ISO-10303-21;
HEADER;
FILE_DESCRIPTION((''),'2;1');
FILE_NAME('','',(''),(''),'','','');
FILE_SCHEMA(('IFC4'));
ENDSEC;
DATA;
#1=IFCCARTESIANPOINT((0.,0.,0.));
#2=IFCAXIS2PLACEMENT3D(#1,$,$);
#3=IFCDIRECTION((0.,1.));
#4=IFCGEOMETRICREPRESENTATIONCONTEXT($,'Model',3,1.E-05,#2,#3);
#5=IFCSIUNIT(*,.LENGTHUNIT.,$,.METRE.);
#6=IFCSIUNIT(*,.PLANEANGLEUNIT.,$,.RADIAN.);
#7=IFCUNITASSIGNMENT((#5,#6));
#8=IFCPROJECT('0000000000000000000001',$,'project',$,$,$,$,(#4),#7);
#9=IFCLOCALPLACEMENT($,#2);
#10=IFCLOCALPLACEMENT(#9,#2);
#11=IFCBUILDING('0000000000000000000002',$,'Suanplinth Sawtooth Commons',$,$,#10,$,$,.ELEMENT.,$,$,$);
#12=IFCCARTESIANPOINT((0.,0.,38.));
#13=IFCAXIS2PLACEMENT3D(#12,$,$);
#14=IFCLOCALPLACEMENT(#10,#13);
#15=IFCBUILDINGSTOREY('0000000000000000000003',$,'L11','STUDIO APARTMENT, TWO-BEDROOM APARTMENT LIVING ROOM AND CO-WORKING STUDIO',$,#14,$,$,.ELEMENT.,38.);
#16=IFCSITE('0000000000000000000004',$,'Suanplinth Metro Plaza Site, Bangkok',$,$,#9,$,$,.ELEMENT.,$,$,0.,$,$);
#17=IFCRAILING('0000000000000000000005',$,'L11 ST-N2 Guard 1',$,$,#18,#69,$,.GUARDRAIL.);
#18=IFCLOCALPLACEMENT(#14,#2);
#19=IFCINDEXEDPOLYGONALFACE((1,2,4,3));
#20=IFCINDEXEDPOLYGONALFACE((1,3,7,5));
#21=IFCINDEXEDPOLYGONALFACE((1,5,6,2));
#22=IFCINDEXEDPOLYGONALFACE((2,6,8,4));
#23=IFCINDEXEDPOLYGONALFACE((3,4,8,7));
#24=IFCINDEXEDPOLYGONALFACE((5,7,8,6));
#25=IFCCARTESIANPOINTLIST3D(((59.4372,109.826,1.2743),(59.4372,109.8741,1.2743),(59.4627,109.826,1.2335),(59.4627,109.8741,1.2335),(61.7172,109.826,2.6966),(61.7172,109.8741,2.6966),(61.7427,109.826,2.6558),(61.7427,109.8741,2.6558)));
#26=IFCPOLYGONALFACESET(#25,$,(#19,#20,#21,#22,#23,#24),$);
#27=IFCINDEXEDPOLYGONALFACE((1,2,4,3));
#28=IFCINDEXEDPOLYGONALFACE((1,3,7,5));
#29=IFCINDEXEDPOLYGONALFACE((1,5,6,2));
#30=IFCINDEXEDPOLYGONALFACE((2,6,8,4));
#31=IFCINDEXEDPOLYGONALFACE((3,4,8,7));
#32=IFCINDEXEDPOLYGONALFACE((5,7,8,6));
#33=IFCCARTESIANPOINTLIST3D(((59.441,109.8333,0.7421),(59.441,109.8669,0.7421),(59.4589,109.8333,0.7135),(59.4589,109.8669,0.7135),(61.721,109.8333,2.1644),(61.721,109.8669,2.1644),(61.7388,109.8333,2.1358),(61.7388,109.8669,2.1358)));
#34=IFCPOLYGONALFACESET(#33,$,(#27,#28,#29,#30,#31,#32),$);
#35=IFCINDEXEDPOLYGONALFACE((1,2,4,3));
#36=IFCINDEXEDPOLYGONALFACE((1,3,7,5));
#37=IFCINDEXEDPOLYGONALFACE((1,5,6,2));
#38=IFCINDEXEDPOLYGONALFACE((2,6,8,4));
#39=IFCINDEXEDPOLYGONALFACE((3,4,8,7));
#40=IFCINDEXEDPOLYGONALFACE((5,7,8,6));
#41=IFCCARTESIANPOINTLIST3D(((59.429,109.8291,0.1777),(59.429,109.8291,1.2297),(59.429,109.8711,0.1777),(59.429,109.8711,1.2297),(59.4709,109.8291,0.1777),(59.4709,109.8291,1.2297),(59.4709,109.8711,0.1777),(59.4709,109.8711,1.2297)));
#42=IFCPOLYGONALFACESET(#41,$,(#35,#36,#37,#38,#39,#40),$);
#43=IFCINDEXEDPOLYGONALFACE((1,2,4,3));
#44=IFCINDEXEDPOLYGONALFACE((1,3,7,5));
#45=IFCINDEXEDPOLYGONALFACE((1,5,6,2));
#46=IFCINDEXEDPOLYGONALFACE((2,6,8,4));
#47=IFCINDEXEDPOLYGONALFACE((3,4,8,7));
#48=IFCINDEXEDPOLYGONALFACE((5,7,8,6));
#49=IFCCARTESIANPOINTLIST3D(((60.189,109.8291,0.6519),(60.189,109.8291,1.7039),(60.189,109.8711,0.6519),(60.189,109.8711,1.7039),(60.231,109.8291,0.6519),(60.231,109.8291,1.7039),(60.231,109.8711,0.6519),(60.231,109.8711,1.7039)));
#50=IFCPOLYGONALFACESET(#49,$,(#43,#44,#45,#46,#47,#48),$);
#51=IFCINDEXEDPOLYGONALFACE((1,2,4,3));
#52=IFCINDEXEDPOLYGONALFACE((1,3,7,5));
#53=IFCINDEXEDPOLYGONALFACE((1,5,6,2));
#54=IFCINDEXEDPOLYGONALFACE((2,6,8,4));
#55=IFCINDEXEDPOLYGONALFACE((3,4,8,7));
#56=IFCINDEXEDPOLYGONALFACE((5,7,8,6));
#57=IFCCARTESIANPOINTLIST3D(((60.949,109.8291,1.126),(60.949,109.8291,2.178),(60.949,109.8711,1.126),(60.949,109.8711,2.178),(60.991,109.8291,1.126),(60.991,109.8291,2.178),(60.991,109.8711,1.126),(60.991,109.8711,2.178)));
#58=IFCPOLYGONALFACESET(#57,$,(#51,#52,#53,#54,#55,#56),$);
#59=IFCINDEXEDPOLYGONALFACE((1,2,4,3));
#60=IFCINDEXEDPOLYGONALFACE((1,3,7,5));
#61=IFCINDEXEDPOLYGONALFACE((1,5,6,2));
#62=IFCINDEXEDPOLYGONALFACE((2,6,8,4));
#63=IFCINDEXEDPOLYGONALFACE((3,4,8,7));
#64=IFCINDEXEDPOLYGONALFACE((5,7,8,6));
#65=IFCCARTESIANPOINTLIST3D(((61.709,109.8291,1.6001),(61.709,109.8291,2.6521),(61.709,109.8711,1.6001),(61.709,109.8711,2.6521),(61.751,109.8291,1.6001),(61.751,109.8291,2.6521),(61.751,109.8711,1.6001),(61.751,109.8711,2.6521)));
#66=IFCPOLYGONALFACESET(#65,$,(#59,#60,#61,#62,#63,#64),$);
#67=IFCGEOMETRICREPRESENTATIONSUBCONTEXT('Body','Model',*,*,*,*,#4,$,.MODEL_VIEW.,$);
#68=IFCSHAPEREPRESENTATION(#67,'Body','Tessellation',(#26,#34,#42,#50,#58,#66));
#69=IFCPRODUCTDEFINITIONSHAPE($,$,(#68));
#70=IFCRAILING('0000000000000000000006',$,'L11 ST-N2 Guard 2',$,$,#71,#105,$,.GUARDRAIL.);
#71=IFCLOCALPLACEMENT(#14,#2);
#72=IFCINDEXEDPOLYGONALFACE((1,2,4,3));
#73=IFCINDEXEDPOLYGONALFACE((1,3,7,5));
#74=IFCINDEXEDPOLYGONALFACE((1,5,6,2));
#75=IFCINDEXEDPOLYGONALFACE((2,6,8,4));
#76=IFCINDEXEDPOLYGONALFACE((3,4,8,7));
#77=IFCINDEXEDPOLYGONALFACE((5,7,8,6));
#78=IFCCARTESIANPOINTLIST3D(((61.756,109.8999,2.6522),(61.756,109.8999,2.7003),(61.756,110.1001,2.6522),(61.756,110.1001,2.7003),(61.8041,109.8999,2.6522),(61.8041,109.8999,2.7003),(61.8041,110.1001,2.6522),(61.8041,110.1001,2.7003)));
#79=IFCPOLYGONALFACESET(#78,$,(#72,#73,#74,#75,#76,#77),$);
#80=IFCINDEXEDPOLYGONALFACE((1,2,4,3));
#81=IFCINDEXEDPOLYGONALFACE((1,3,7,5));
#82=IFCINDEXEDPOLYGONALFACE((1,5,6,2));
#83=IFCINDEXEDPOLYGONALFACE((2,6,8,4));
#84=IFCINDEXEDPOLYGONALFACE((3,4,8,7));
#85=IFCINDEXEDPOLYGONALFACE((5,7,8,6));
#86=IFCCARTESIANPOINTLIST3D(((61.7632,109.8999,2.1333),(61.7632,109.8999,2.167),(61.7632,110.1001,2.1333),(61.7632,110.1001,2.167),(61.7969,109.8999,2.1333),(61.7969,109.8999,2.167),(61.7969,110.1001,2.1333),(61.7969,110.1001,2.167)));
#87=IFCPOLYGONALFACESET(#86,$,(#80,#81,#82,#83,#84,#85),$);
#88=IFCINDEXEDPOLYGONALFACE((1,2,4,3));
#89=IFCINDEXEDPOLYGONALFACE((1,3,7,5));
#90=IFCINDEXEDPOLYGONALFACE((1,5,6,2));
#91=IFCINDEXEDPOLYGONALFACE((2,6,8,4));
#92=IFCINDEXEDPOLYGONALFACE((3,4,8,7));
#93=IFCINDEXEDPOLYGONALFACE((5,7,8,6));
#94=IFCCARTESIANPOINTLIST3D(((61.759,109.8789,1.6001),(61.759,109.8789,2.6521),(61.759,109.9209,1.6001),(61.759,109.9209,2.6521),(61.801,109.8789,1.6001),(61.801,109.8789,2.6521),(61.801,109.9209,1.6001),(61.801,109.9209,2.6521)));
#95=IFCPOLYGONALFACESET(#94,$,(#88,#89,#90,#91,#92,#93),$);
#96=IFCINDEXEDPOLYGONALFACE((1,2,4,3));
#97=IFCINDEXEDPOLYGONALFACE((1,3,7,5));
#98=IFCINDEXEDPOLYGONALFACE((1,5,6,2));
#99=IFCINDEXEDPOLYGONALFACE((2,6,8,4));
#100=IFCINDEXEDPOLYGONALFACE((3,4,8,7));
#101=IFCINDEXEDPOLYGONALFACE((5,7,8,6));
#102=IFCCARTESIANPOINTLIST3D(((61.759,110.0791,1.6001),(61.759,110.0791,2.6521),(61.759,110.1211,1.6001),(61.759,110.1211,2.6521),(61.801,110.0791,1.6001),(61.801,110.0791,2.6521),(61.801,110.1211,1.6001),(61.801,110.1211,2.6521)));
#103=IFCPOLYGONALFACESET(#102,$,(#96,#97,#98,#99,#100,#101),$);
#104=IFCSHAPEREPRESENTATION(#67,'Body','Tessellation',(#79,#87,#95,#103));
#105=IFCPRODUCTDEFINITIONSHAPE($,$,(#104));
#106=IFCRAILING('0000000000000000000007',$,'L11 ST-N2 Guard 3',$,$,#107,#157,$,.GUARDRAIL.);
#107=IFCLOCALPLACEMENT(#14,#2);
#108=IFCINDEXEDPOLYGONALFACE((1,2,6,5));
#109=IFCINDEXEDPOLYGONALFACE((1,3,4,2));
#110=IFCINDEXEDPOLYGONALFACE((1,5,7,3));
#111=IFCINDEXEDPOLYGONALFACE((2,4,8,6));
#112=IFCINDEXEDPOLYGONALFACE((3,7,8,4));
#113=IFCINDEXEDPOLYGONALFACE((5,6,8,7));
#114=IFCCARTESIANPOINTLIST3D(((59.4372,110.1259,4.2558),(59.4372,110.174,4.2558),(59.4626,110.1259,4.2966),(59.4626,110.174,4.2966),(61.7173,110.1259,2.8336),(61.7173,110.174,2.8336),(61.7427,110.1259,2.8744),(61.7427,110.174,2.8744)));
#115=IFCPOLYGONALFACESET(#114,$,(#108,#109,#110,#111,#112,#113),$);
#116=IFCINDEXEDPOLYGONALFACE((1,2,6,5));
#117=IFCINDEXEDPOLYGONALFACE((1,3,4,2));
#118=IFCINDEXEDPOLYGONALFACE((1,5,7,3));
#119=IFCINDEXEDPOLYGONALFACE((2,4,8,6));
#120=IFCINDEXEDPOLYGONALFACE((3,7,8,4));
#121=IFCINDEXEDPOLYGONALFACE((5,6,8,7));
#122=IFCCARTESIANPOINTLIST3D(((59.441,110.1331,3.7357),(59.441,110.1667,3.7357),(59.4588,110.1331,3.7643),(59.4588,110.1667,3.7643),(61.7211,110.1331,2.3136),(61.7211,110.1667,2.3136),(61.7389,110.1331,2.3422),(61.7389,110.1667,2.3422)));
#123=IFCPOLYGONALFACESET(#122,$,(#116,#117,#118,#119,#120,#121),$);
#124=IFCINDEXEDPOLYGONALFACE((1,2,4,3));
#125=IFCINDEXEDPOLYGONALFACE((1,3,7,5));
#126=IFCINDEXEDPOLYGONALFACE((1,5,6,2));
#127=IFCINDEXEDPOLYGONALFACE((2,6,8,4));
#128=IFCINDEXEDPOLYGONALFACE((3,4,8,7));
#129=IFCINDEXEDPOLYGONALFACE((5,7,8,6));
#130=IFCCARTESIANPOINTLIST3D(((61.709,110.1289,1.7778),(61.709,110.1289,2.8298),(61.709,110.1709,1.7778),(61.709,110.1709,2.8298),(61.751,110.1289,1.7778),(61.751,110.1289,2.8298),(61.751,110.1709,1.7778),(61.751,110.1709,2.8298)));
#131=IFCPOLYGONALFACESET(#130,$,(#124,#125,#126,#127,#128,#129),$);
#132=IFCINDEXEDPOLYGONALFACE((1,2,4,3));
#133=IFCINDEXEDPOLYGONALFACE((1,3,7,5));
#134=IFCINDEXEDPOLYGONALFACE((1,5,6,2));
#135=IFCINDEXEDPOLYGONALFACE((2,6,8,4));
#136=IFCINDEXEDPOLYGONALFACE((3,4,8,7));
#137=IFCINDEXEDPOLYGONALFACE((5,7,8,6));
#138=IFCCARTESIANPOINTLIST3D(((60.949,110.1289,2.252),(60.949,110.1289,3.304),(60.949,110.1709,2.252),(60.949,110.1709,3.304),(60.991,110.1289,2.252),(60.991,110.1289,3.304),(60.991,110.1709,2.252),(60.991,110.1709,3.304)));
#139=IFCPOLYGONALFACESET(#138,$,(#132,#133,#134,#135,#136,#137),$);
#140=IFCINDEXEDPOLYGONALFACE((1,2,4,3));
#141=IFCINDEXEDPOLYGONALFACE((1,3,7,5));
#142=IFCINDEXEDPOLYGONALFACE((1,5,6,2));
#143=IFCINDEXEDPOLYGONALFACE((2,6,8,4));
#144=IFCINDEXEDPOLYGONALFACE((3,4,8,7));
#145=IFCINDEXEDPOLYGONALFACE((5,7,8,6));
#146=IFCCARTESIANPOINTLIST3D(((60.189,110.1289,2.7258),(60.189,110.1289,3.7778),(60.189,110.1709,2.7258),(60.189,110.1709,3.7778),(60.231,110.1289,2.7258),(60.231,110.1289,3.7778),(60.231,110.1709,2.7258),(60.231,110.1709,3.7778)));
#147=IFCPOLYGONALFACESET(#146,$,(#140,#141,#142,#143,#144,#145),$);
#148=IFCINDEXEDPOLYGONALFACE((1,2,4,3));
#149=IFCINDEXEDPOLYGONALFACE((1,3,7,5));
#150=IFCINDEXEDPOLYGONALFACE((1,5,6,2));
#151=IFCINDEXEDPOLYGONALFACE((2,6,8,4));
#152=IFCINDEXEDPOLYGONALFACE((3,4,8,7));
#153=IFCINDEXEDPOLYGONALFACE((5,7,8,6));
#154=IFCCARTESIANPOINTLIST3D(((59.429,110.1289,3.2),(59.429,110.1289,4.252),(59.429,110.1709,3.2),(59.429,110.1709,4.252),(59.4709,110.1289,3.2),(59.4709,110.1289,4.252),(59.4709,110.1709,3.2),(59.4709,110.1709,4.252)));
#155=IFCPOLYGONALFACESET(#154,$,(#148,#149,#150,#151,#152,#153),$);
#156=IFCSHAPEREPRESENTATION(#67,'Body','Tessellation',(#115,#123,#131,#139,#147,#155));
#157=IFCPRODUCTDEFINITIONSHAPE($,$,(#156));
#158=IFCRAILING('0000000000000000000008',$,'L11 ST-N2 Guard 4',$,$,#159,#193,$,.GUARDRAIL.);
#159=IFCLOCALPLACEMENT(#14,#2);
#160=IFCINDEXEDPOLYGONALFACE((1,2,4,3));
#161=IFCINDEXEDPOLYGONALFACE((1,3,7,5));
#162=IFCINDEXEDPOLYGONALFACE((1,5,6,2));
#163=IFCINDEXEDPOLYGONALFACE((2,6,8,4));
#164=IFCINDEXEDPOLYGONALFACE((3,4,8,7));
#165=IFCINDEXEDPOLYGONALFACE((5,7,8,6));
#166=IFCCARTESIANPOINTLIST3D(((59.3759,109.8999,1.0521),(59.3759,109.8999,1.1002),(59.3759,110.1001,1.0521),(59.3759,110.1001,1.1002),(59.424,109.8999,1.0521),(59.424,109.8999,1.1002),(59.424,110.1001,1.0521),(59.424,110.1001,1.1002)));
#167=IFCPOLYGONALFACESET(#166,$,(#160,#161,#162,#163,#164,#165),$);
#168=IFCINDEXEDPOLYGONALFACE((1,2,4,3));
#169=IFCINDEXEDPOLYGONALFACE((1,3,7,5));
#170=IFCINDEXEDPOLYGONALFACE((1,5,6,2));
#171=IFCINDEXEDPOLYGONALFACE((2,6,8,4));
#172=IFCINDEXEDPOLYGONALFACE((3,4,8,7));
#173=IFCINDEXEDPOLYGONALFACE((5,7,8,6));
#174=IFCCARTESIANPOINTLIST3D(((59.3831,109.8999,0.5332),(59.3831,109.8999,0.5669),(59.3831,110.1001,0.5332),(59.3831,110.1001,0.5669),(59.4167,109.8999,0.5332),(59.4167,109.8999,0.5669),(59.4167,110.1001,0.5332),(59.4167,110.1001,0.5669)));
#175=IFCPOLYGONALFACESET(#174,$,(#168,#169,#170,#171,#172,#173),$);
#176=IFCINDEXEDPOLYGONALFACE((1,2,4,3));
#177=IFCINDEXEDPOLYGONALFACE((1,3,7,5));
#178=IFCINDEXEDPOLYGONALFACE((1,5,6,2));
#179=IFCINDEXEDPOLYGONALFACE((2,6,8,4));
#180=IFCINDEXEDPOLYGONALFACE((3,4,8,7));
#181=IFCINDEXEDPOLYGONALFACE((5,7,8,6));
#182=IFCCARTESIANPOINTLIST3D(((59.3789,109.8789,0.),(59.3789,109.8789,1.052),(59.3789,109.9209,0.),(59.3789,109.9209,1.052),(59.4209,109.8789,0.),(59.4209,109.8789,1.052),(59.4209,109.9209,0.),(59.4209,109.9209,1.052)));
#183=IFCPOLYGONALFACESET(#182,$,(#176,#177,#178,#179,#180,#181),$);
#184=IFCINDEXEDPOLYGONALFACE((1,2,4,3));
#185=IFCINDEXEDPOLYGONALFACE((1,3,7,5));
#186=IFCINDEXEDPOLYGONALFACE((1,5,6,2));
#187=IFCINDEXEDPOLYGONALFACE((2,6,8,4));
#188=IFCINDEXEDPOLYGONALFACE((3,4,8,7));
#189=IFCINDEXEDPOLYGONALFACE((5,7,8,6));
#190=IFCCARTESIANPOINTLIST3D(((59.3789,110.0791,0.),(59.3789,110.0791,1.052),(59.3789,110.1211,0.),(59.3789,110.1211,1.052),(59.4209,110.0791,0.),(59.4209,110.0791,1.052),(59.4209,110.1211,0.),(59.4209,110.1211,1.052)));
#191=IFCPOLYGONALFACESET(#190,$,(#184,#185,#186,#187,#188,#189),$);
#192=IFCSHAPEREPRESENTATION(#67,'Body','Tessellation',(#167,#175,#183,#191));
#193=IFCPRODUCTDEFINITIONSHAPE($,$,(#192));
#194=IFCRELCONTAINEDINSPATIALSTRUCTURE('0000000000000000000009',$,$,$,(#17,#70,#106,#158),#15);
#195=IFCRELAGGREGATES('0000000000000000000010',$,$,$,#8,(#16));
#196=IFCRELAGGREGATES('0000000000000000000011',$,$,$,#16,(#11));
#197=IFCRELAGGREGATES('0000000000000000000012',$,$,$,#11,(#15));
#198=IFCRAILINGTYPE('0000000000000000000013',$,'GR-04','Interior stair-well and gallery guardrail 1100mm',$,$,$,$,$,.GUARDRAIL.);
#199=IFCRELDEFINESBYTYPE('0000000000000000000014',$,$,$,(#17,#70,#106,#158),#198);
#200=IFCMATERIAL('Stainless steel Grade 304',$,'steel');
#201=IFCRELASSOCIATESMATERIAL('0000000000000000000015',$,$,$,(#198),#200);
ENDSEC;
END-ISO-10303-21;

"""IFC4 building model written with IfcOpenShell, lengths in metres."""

from ifc_helpers import new_model, si_unit, direction, frame, origin, origin_2d, place, context, subcontext, project, spatial, rectangle, extrude, material, type_object, element, save


model = new_model("IFC4")

# Units and contexts
model_context = context("Model", 3, precision=1e-05, world=origin(), true_north=direction((0.0, 1.0)))
body_context = subcontext(model_context, "Body", "Model", "MODEL_VIEW")
ifc_project = project(units=[si_unit("LENGTHUNIT", "METRE"), si_unit("PLANEANGLEUNIT", "RADIAN")], contexts=[model_context])

# Site, building, storey
site_placement = place(None, origin())
site = spatial("IfcSite", under=ifc_project, at=site_placement, Name="Suanplinth Metro Plaza Site, Bangkok", CompositionType="ELEMENT", RefElevation=0.0)
building_placement = place(site_placement, origin())
building = spatial("IfcBuilding", under=site, at=building_placement, Name="Suanplinth Sawtooth Commons", CompositionType="ELEMENT")
storey_placement = place(building_placement, frame((0.0, 0.0, 38.0)))
storey = spatial("IfcBuildingStorey", under=building, at=storey_placement, Name="L11", Description="STUDIO APARTMENT, TWO-BEDROOM APARTMENT LIVING ROOM AND CO-WORKING STUDIO", CompositionType="ELEMENT", Elevation=38.0)

# Shared definitions
ifc_material_1 = material(Name="Stainless steel Grade 304", Category="steel")

# Railings
railing_type_1 = type_object("IfcRailingType", Name="GR-04", Description="Interior stair-well and gallery guardrail 1100mm", PredefinedType="GUARDRAIL", material=ifc_material_1)
railing_1_placement = place(storey_placement, frame((59.45, 109.8501, 0.1777)))
element("IfcRailing", 1, at=railing_1_placement, inside=storey, type_object=railing_type_1, Name="L11 ST-N2 Guard 1", PredefinedType="GUARDRAIL", context=body_context, shape_type="SweptSolid", body=[
    extrude(rectangle(XDim=0.0481, YDim=0.0481, at=origin_2d()), frame((0.0, 0.0, 1.0762), z_axis=(0.848442, 0.0, 0.529288), x_axis=(0.0, 1.0, 0.0)), (0.0, 0.0, 1.0), 2.6873),
    extrude(rectangle(XDim=0.0337, YDim=0.0337, at=origin_2d()), frame((0.0, 0.0, 0.55), z_axis=(0.848442, 0.0, 0.529288), x_axis=(0.0, 1.0, 0.0)), (0.0, 0.0, 1.0), 2.6873),
    extrude(rectangle(XDim=0.042, YDim=0.042, at=origin_2d()), origin(), (0.0, 0.0, 1.0), 1.052),
    extrude(rectangle(XDim=0.042, YDim=0.042, at=origin_2d()), frame((0.76, 0.0, 0.4741)), (0.0, 0.0, 1.0), 1.052),
    extrude(rectangle(XDim=0.042, YDim=0.042, at=origin_2d()), frame((1.52, 0.0, 0.9482)), (0.0, 0.0, 1.0), 1.052),
    extrude(rectangle(XDim=0.042, YDim=0.042, at=origin_2d()), frame((2.28, 0.0, 1.4224)), (0.0, 0.0, 1.0), 1.052),
])
railing_2_placement = place(storey_placement, frame((61.78, 109.8999, 1.6001)))
element("IfcRailing", 2, at=railing_2_placement, inside=storey, type_object=railing_type_1, Name="L11 ST-N2 Guard 2", PredefinedType="GUARDRAIL", context=body_context, shape_type="SweptSolid", body=[
    extrude(rectangle(XDim=0.0481, YDim=0.0481, at=origin_2d()), frame((0.0, 0.0, 1.0762), z_axis=(0.0, 1.0, 0.0), x_axis=(-1.0, 0.0, 0.0)), (0.0, 0.0, 1.0), 0.2002),
    extrude(rectangle(XDim=0.0337, YDim=0.0337, at=origin_2d()), frame((0.0, 0.0, 0.55), z_axis=(0.0, 1.0, 0.0), x_axis=(-1.0, 0.0, 0.0)), (0.0, 0.0, 1.0), 0.2002),
    extrude(rectangle(XDim=0.042, YDim=0.042, at=origin_2d()), origin(), (0.0, 0.0, 1.0), 1.052),
    extrude(rectangle(XDim=0.042, YDim=0.042, at=origin_2d()), frame((0.0, 0.2002, 0.0)), (0.0, 0.0, 1.0), 1.052),
])
railing_3_placement = place(storey_placement, frame((61.73, 110.1499, 1.7778)))
element("IfcRailing", 3, at=railing_3_placement, inside=storey, type_object=railing_type_1, Name="L11 ST-N2 Guard 3", PredefinedType="GUARDRAIL", context=body_context, shape_type="SweptSolid", body=[
    extrude(rectangle(XDim=0.0481, YDim=0.0481, at=origin_2d()), frame((0.0, 0.0, 1.0762), z_axis=(-0.848483, 0.0, 0.529223), x_axis=(0.0, -1.0, 0.0)), (0.0, 0.0, 1.0), 2.6873),
    extrude(rectangle(XDim=0.0337, YDim=0.0337, at=origin_2d()), frame((0.0, 0.0, 0.55), z_axis=(-0.848483, 0.0, 0.529223), x_axis=(0.0, -1.0, 0.0)), (0.0, 0.0, 1.0), 2.6873),
    extrude(rectangle(XDim=0.042, YDim=0.042, at=origin_2d()), origin(), (0.0, 0.0, 1.0), 1.052),
    extrude(rectangle(XDim=0.042, YDim=0.042, at=origin_2d()), frame((-0.76, 0.0, 0.4741)), (0.0, 0.0, 1.0), 1.052),
    extrude(rectangle(XDim=0.042, YDim=0.042, at=origin_2d()), frame((-1.52, 0.0, 0.948)), (0.0, 0.0, 1.0), 1.052),
    extrude(rectangle(XDim=0.042, YDim=0.042, at=origin_2d()), frame((-2.28, 0.0, 1.4221)), (0.0, 0.0, 1.0), 1.052),
])
railing_4_placement = place(storey_placement, frame((59.3999, 109.8999, 0.0)))
element("IfcRailing", 4, at=railing_4_placement, inside=storey, type_object=railing_type_1, Name="L11 ST-N2 Guard 4", PredefinedType="GUARDRAIL", context=body_context, shape_type="SweptSolid", body=[
    extrude(rectangle(XDim=0.0481, YDim=0.0481, at=origin_2d()), frame((0.0, 0.0, 1.0762), z_axis=(0.0, 1.0, 0.0), x_axis=(-1.0, 0.0, 0.0)), (0.0, 0.0, 1.0), 0.2002),
    extrude(rectangle(XDim=0.0337, YDim=0.0337, at=origin_2d()), frame((0.0, 0.0, 0.55), z_axis=(0.0, 1.0, 0.0), x_axis=(-1.0, 0.0, 0.0)), (0.0, 0.0, 1.0), 0.2002),
    extrude(rectangle(XDim=0.042, YDim=0.042, at=origin_2d()), origin(), (0.0, 0.0, 1.0), 1.052),
    extrude(rectangle(XDim=0.042, YDim=0.042, at=origin_2d()), frame((0.0, 0.2002, 0.0)), (0.0, 0.0, 1.0), 1.052),
])

save(model, "model.ifc")
